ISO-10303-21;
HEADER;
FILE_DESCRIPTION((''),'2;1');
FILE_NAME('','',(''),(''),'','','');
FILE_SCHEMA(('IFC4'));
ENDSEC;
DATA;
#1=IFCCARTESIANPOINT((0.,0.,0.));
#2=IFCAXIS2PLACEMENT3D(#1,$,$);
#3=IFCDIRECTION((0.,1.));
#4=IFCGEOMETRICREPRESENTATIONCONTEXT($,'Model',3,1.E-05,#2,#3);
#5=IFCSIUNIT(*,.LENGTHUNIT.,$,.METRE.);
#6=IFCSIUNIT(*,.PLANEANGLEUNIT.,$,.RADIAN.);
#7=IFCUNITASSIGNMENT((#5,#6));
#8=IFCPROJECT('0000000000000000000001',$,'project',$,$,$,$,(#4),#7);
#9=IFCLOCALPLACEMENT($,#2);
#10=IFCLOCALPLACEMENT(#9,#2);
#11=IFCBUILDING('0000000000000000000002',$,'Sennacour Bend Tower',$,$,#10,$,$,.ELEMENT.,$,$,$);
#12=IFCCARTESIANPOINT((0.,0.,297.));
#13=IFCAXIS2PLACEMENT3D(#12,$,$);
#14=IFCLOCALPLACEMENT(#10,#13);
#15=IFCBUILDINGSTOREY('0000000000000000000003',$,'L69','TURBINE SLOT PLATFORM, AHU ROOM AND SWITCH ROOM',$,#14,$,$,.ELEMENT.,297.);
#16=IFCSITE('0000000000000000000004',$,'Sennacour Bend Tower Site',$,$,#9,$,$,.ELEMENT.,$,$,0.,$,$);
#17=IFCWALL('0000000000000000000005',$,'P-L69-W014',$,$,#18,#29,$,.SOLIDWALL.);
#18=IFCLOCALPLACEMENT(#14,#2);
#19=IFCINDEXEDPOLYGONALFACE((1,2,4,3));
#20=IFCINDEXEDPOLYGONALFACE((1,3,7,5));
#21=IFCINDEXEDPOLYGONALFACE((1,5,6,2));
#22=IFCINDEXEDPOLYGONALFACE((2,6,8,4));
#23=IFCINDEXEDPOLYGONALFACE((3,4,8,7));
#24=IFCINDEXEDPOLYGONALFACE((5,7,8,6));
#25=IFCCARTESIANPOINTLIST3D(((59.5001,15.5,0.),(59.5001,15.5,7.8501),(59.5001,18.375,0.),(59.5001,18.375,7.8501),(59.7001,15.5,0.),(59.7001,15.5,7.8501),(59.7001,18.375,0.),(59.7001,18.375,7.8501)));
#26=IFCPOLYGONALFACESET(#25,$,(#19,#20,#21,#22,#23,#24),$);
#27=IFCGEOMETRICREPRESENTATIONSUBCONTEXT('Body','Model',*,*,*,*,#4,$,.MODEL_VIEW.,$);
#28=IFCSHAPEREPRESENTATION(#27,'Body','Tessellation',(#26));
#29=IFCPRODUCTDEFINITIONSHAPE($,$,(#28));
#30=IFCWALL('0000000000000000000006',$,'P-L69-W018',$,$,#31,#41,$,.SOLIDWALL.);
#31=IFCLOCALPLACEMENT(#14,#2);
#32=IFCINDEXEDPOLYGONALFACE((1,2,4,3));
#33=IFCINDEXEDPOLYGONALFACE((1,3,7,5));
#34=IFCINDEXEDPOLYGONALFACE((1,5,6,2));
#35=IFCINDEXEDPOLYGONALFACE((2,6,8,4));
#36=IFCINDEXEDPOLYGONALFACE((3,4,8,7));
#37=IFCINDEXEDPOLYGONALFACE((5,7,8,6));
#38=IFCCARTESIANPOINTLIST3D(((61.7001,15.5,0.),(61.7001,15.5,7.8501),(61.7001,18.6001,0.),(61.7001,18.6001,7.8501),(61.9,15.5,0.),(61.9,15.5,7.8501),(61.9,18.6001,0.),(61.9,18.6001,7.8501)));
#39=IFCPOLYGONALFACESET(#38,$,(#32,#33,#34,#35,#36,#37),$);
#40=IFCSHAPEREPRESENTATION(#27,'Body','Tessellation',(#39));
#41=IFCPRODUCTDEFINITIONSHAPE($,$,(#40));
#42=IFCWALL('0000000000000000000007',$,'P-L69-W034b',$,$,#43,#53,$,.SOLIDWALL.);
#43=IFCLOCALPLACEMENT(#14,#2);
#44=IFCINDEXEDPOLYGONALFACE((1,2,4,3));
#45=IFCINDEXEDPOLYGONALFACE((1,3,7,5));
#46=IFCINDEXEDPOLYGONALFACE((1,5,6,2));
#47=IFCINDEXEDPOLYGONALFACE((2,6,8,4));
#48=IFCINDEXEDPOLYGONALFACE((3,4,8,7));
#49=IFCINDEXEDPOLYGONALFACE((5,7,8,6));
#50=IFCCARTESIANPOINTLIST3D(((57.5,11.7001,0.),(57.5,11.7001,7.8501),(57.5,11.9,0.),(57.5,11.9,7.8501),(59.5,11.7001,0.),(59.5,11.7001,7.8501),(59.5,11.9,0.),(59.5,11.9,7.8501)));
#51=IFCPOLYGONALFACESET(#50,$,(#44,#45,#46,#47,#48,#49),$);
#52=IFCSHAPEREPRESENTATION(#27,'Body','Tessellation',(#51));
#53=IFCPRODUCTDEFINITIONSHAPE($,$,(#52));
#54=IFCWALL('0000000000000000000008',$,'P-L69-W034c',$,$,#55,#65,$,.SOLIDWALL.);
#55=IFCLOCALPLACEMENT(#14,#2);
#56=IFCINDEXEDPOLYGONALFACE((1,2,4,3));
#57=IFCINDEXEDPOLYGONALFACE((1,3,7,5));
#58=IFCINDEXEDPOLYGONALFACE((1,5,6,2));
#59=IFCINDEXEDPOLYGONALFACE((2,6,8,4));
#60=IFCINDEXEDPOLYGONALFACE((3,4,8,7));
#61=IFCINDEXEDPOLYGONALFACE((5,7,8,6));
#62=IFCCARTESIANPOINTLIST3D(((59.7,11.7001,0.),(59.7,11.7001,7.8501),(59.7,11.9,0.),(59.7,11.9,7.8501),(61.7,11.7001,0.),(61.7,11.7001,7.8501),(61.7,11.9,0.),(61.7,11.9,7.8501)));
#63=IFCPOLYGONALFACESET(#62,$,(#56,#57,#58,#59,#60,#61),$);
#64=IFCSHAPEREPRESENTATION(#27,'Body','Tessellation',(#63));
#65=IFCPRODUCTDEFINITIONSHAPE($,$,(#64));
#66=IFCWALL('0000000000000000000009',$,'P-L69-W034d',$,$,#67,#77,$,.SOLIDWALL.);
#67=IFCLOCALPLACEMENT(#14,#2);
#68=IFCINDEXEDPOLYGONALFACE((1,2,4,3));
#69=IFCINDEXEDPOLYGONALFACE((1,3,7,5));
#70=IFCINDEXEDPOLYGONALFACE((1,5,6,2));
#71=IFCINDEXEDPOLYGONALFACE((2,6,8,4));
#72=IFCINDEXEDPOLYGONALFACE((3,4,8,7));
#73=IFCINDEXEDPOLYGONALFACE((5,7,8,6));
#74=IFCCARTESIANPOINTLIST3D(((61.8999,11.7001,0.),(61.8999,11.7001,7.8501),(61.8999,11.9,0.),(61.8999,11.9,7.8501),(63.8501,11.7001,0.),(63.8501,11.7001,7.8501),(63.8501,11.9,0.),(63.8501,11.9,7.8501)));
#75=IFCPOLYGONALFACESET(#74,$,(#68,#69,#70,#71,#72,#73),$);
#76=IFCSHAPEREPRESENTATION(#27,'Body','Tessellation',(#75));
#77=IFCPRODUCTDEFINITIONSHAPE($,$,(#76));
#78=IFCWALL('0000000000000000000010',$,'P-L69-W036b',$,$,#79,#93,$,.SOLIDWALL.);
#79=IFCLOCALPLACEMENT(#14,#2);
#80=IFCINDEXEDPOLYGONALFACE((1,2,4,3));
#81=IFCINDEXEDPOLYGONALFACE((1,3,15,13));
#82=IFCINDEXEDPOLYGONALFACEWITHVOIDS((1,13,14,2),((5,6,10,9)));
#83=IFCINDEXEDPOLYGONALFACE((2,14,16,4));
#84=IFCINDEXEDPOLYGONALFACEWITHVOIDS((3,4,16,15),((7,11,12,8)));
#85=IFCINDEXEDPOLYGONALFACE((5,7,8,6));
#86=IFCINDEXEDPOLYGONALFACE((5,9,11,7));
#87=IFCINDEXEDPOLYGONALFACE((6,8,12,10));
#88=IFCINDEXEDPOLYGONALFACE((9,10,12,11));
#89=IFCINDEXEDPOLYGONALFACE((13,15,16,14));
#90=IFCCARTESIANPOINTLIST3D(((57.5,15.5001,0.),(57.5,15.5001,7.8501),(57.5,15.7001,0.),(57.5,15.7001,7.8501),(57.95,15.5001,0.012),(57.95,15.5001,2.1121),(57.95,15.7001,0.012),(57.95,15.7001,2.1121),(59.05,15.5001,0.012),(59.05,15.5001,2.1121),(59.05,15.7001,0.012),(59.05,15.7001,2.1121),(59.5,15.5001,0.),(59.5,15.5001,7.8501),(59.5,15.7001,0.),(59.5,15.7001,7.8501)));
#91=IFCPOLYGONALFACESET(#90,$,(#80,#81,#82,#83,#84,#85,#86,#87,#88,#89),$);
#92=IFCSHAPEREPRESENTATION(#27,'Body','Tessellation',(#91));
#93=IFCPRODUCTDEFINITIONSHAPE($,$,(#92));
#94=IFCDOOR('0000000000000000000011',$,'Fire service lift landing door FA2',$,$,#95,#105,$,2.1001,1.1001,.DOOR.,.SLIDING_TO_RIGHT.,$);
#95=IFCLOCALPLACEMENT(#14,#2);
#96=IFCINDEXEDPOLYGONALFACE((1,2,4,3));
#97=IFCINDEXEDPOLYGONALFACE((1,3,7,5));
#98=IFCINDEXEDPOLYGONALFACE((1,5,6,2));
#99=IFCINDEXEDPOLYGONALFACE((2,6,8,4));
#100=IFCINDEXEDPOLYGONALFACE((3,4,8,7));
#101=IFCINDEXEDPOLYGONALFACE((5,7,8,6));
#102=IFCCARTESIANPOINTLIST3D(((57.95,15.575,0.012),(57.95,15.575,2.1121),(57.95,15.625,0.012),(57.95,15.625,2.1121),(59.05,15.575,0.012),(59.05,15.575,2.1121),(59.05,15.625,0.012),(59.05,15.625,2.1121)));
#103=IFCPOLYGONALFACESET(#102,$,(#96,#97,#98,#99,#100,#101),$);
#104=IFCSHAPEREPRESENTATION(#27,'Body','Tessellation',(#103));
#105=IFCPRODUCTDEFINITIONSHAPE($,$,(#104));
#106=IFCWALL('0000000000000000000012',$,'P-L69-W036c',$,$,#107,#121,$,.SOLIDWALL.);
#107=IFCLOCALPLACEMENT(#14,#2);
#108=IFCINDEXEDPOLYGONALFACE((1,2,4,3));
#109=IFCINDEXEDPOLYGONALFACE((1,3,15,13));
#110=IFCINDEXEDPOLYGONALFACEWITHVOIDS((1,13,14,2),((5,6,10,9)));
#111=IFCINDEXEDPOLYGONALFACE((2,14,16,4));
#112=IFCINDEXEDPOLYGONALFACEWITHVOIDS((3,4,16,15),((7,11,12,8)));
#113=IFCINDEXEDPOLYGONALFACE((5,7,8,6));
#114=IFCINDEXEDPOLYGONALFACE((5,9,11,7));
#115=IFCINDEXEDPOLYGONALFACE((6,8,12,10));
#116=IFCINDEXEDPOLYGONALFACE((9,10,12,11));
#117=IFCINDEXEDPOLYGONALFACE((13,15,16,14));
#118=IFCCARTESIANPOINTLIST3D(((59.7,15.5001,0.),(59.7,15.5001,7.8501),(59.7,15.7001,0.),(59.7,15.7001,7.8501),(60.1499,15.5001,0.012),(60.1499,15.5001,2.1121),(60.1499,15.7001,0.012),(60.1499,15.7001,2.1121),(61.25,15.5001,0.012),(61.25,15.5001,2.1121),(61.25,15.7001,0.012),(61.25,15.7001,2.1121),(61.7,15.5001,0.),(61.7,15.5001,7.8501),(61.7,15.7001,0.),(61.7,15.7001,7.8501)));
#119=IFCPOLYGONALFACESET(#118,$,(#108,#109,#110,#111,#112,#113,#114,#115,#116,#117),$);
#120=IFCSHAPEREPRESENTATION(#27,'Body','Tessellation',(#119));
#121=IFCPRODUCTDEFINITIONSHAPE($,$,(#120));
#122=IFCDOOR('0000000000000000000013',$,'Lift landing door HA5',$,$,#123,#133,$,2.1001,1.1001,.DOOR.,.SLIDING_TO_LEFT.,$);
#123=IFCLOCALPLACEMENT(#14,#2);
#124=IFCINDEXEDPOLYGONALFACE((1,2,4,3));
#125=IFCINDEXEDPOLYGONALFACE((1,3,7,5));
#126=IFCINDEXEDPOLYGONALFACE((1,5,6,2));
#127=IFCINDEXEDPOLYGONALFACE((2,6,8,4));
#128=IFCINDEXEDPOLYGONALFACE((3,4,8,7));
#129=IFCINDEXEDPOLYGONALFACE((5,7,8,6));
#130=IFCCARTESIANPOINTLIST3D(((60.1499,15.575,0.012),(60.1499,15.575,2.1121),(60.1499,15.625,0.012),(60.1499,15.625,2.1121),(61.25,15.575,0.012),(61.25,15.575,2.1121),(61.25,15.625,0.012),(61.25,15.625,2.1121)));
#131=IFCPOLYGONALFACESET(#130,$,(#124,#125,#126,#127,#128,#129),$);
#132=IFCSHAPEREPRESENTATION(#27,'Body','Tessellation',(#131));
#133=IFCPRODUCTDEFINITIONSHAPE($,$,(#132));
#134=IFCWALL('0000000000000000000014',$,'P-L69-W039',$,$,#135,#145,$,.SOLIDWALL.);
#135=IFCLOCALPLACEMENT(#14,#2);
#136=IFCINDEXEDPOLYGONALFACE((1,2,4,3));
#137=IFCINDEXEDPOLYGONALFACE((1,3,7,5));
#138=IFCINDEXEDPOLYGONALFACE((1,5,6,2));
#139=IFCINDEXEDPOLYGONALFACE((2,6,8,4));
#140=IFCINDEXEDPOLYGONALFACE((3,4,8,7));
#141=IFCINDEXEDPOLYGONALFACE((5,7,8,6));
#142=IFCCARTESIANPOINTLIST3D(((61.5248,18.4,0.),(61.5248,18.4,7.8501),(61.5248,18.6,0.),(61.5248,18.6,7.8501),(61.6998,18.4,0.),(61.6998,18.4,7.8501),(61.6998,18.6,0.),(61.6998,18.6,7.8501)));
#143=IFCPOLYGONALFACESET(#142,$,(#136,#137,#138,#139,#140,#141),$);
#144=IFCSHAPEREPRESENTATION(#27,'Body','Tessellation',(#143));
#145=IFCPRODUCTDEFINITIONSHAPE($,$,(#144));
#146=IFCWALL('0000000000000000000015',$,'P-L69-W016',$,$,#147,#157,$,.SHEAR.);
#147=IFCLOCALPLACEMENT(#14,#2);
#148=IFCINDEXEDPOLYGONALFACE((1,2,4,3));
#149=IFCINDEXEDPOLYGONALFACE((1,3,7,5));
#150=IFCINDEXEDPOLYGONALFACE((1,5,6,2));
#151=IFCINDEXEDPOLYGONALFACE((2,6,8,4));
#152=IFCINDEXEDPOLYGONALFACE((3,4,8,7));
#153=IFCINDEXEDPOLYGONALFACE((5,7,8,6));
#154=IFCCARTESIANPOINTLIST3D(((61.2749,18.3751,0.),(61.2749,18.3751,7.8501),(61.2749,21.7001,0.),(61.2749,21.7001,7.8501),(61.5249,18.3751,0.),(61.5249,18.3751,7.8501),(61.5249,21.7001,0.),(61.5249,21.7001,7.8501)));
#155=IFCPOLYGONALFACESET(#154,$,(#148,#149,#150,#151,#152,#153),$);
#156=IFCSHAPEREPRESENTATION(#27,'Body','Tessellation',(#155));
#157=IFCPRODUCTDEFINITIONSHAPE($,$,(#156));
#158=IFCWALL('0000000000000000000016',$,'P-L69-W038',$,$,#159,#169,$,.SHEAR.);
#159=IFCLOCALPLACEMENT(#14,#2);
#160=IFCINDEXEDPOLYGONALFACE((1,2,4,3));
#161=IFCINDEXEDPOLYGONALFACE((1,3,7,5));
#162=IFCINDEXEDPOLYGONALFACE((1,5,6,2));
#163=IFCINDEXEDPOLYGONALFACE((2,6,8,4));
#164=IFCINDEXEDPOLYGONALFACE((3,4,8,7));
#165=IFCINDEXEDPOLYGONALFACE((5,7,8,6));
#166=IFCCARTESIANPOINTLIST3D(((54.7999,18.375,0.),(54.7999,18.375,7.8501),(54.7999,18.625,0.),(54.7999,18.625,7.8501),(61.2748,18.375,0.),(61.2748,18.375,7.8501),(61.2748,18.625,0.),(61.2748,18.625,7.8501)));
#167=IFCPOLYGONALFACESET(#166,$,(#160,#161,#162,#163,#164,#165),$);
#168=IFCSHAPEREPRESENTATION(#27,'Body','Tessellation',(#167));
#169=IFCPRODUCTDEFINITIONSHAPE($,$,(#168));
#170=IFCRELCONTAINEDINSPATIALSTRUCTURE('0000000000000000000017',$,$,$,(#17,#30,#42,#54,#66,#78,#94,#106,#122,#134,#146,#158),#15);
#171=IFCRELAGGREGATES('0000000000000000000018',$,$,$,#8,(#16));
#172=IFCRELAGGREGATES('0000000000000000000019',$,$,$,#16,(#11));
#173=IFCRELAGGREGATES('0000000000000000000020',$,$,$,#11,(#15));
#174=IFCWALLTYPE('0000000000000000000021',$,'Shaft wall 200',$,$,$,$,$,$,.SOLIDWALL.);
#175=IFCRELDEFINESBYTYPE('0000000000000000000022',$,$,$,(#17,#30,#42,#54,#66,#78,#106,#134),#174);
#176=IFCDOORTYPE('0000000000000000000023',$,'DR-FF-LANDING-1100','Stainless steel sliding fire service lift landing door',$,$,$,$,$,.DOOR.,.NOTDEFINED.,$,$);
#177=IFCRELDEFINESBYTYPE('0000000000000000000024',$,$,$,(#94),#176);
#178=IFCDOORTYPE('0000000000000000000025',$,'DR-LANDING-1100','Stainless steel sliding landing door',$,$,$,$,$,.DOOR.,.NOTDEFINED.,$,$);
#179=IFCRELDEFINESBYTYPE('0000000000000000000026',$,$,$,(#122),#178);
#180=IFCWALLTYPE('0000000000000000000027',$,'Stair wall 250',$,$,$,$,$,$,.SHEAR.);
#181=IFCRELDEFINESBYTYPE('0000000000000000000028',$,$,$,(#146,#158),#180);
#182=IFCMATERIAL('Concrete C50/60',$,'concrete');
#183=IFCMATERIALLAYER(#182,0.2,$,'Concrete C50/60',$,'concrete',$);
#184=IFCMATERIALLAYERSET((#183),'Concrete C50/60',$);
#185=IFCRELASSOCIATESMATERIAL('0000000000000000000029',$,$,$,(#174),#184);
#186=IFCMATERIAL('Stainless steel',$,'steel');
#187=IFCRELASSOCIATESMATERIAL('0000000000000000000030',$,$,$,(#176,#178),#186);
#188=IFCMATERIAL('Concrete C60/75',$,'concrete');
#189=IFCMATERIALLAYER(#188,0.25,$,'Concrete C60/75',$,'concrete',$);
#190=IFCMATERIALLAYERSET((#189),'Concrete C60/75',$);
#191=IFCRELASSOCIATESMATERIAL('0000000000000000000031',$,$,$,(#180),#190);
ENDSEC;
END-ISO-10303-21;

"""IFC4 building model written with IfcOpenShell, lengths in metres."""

from ifc_helpers import new_model, si_unit, direction, frame, frame_2d, origin, place, context, subcontext, project, spatial, rectangle, extrude, material, layer, layer_set, type_object, element, fill, save


model = new_model("IFC4")

# Units and contexts
model_context = context("Model", 3, precision=1e-05, world=origin(), true_north=direction((0.0, 1.0)))
body_context = subcontext(model_context, "Body", "Model", "MODEL_VIEW")
ifc_project = project(units=[si_unit("LENGTHUNIT", "METRE"), si_unit("PLANEANGLEUNIT", "RADIAN")], contexts=[model_context])

# Site, building, storey
site_placement = place(None, origin())
site = spatial("IfcSite", under=ifc_project, at=site_placement, Name="Sennacour Bend Tower Site", CompositionType="ELEMENT", RefElevation=0.0)
building_placement = place(site_placement, origin())
building = spatial("IfcBuilding", under=site, at=building_placement, Name="Sennacour Bend Tower", CompositionType="ELEMENT")
storey_placement = place(building_placement, frame((0.0, 0.0, 297.0)))
storey = spatial("IfcBuildingStorey", under=building, at=storey_placement, Name="L69", Description="TURBINE SLOT PLATFORM, AHU ROOM AND SWITCH ROOM", CompositionType="ELEMENT", Elevation=297.0)

# Walls
ifc_material_1 = material(Name="Concrete C50/60", Category="concrete")
ifc_layer_1 = layer(ifc_material_1, 0.2, Name="Concrete C50/60", Category="concrete")
ifc_layer_set_1 = layer_set([ifc_layer_1], Name="Concrete C50/60")
wall_type_1 = type_object("IfcWallType", Name="Shaft wall 200", PredefinedType="SOLIDWALL", material=ifc_layer_set_1)
for number, where, z_axis, x_axis, name in (
    (1, (59.6001, 15.5, 0.0), (0.0, 0.0, 1.0), (0.0, 1.0, 0.0), "P-L69-W014"),
):
    element("IfcWall", number, at=place(storey_placement, frame(where, z_axis=z_axis, x_axis=x_axis)), inside=storey, type_object=wall_type_1, Name=name, PredefinedType="SOLIDWALL", context=body_context, shape_type="SweptSolid", body=[
        extrude(rectangle(XDim=2.875, YDim=0.2, at=frame_2d((1.4375, 0.0))), origin(), (0.0, 0.0, 1.0), 7.8501),
    ])
wall_1_placement = place(storey_placement, frame((61.8, 15.5, 0.0), z_axis=(0.0, 0.0, 1.0), x_axis=(0.0, 1.0, 0.0)))
element("IfcWall", 2, at=wall_1_placement, inside=storey, type_object=wall_type_1, Name="P-L69-W018", PredefinedType="SOLIDWALL", context=body_context, shape_type="SweptSolid", body=[
    extrude(rectangle(XDim=3.1001, YDim=0.2, at=frame_2d((1.55, 0.0))), origin(), (0.0, 0.0, 1.0), 7.8501),
])
for number, where, z_axis, x_axis, name in (
    (3, (57.5, 11.8, 0.0), (0.0, 0.0, 1.0), (1.0, 0.0, 0.0), "P-L69-W034b"),
    (4, (59.7, 11.8, 0.0), (0.0, 0.0, 1.0), (1.0, 0.0, 0.0), "P-L69-W034c"),
):
    element("IfcWall", number, at=place(storey_placement, frame(where, z_axis=z_axis, x_axis=x_axis)), inside=storey, type_object=wall_type_1, Name=name, PredefinedType="SOLIDWALL", context=body_context, shape_type="SweptSolid", body=[
        extrude(rectangle(XDim=2.0, YDim=0.2, at=frame_2d((1.0, 0.0))), origin(), (0.0, 0.0, 1.0), 7.8501),
    ])
wall_2_placement = place(storey_placement, frame((61.8999, 11.8, 0.0), z_axis=(0.0, 0.0, 1.0), x_axis=(1.0, 0.0, 0.0)))
element("IfcWall", 5, at=wall_2_placement, inside=storey, type_object=wall_type_1, Name="P-L69-W034d", PredefinedType="SOLIDWALL", context=body_context, shape_type="SweptSolid", body=[
    extrude(rectangle(XDim=1.9502, YDim=0.2, at=frame_2d((0.9751, 0.0))), origin(), (0.0, 0.0, 1.0), 7.8501),
])

# Walls, openings, doors
wall_3_placement = place(storey_placement, frame((57.5, 15.6001, 0.0), z_axis=(0.0, 0.0, 1.0), x_axis=(1.0, 0.0, 0.0)))
wall_3 = element("IfcWall", 6, at=wall_3_placement, inside=storey, type_object=wall_type_1, Name="P-L69-W036b", PredefinedType="SOLIDWALL", context=body_context, shape_type="SweptSolid", body=[
    extrude(rectangle(XDim=2.0, YDim=0.2, at=frame_2d((1.0, 0.0))), origin(), (0.0, 0.0, 1.0), 7.8501),
])
opening_1_placement = place(wall_3_placement, frame((0.45, 0.0, 0.012)))
opening_1 = element("IfcOpeningElement", 7, at=opening_1_placement, cuts=wall_3, PredefinedType="OPENING", context=body_context, shape_type="SweptSolid", body=[
    extrude(rectangle(XDim=1.1001, YDim=2.1001, at=frame_2d((0.55, 1.05))), frame((0.0, 0.1099, 0.0), z_axis=(0.0, -1.0, 0.0), x_axis=(1.0, 0.0, 0.0)), (0.0, 0.0, 1.0), 0.22),
])
ifc_material_2 = material(Name="Stainless steel", Category="steel")
door_type_1 = type_object("IfcDoorType", Name="DR-FF-LANDING-1100", Description="Stainless steel sliding fire service lift landing door", OperationType="NOTDEFINED", PredefinedType="DOOR", material=ifc_material_2)
door_1_placement = place(opening_1_placement, origin())
door_1 = element("IfcDoor", 8, at=door_1_placement, inside=storey, type_object=door_type_1, Name="Fire service lift landing door FA2", OperationType="SLIDING_TO_RIGHT", OverallHeight=2.1001, OverallWidth=1.1001, PredefinedType="DOOR", context=body_context, shape_type="SweptSolid", body=[
    extrude(rectangle(XDim=1.1001, YDim=2.1001, at=frame_2d((0.55, 1.05))), frame((0.0, 0.0249, 0.0), z_axis=(0.0, -1.0, 0.0), x_axis=(1.0, 0.0, 0.0)), (0.0, 0.0, 1.0), 0.05),
])
fill(opening_1, door_1)
wall_4_placement = place(storey_placement, frame((59.7, 15.6001, 0.0), z_axis=(0.0, 0.0, 1.0), x_axis=(1.0, 0.0, 0.0)))
wall_4 = element("IfcWall", 9, at=wall_4_placement, inside=storey, type_object=wall_type_1, Name="P-L69-W036c", PredefinedType="SOLIDWALL", context=body_context, shape_type="SweptSolid", body=[
    extrude(rectangle(XDim=2.0, YDim=0.2, at=frame_2d((1.0, 0.0))), origin(), (0.0, 0.0, 1.0), 7.8501),
])
opening_2_placement = place(wall_4_placement, frame((0.45, 0.0, 0.012)))
opening_2 = element("IfcOpeningElement", 10, at=opening_2_placement, cuts=wall_4, PredefinedType="OPENING", context=body_context, shape_type="SweptSolid", body=[
    extrude(rectangle(XDim=1.1001, YDim=2.1001, at=frame_2d((0.55, 1.05))), frame((0.0, 0.1099, 0.0), z_axis=(0.0, -1.0, 0.0), x_axis=(1.0, 0.0, 0.0)), (0.0, 0.0, 1.0), 0.22),
])
door_type_2 = type_object("IfcDoorType", Name="DR-LANDING-1100", Description="Stainless steel sliding landing door", OperationType="NOTDEFINED", PredefinedType="DOOR", material=ifc_material_2)
door_2_placement = place(opening_2_placement, origin())
door_2 = element("IfcDoor", 11, at=door_2_placement, inside=storey, type_object=door_type_2, Name="Lift landing door HA5", OperationType="SLIDING_TO_LEFT", OverallHeight=2.1001, OverallWidth=1.1001, PredefinedType="DOOR", context=body_context, shape_type="SweptSolid", body=[
    extrude(rectangle(XDim=1.1001, YDim=2.1001, at=frame_2d((0.55, 1.05))), frame((0.0, 0.0249, 0.0), z_axis=(0.0, -1.0, 0.0), x_axis=(1.0, 0.0, 0.0)), (0.0, 0.0, 1.0), 0.05),
])
fill(opening_2, door_2)

# Walls
wall_5_placement = place(storey_placement, frame((61.5249, 18.5, 0.0), z_axis=(0.0, 0.0, 1.0), x_axis=(1.0, 0.0, 0.0)))
element("IfcWall", 12, at=wall_5_placement, inside=storey, type_object=wall_type_1, Name="P-L69-W039", PredefinedType="SOLIDWALL", context=body_context, shape_type="SweptSolid", body=[
    extrude(rectangle(XDim=0.175, YDim=0.2, at=frame_2d((0.0874, 0.0))), origin(), (0.0, 0.0, 1.0), 7.8501),
])
ifc_material_3 = material(Name="Concrete C60/75", Category="concrete")
ifc_layer_2 = layer(ifc_material_3, 0.25, Name="Concrete C60/75", Category="concrete")
ifc_layer_set_2 = layer_set([ifc_layer_2], Name="Concrete C60/75")
wall_type_2 = type_object("IfcWallType", Name="Stair wall 250", PredefinedType="SHEAR", material=ifc_layer_set_2)
wall_6_placement = place(storey_placement, frame((61.3999, 18.375, 0.0), z_axis=(0.0, 0.0, 1.0), x_axis=(0.0, 1.0, 0.0)))
element("IfcWall", 13, at=wall_6_placement, inside=storey, type_object=wall_type_2, Name="P-L69-W016", PredefinedType="SHEAR", context=body_context, shape_type="SweptSolid", body=[
    extrude(rectangle(XDim=3.325, YDim=0.25, at=frame_2d((1.6626, 0.0))), origin(), (0.0, 0.0, 1.0), 7.8501),
])
wall_7_placement = place(storey_placement, frame((54.8, 18.5, 0.0), z_axis=(0.0, 0.0, 1.0), x_axis=(1.0, 0.0, 0.0)))
element("IfcWall", 14, at=wall_7_placement, inside=storey, type_object=wall_type_2, Name="P-L69-W038", PredefinedType="SHEAR", context=body_context, shape_type="SweptSolid", body=[
    extrude(rectangle(XDim=6.4749, YDim=0.25, at=frame_2d((3.2373, 0.0))), origin(), (0.0, 0.0, 1.0), 7.8501),
])

save(model, "model.ifc")
